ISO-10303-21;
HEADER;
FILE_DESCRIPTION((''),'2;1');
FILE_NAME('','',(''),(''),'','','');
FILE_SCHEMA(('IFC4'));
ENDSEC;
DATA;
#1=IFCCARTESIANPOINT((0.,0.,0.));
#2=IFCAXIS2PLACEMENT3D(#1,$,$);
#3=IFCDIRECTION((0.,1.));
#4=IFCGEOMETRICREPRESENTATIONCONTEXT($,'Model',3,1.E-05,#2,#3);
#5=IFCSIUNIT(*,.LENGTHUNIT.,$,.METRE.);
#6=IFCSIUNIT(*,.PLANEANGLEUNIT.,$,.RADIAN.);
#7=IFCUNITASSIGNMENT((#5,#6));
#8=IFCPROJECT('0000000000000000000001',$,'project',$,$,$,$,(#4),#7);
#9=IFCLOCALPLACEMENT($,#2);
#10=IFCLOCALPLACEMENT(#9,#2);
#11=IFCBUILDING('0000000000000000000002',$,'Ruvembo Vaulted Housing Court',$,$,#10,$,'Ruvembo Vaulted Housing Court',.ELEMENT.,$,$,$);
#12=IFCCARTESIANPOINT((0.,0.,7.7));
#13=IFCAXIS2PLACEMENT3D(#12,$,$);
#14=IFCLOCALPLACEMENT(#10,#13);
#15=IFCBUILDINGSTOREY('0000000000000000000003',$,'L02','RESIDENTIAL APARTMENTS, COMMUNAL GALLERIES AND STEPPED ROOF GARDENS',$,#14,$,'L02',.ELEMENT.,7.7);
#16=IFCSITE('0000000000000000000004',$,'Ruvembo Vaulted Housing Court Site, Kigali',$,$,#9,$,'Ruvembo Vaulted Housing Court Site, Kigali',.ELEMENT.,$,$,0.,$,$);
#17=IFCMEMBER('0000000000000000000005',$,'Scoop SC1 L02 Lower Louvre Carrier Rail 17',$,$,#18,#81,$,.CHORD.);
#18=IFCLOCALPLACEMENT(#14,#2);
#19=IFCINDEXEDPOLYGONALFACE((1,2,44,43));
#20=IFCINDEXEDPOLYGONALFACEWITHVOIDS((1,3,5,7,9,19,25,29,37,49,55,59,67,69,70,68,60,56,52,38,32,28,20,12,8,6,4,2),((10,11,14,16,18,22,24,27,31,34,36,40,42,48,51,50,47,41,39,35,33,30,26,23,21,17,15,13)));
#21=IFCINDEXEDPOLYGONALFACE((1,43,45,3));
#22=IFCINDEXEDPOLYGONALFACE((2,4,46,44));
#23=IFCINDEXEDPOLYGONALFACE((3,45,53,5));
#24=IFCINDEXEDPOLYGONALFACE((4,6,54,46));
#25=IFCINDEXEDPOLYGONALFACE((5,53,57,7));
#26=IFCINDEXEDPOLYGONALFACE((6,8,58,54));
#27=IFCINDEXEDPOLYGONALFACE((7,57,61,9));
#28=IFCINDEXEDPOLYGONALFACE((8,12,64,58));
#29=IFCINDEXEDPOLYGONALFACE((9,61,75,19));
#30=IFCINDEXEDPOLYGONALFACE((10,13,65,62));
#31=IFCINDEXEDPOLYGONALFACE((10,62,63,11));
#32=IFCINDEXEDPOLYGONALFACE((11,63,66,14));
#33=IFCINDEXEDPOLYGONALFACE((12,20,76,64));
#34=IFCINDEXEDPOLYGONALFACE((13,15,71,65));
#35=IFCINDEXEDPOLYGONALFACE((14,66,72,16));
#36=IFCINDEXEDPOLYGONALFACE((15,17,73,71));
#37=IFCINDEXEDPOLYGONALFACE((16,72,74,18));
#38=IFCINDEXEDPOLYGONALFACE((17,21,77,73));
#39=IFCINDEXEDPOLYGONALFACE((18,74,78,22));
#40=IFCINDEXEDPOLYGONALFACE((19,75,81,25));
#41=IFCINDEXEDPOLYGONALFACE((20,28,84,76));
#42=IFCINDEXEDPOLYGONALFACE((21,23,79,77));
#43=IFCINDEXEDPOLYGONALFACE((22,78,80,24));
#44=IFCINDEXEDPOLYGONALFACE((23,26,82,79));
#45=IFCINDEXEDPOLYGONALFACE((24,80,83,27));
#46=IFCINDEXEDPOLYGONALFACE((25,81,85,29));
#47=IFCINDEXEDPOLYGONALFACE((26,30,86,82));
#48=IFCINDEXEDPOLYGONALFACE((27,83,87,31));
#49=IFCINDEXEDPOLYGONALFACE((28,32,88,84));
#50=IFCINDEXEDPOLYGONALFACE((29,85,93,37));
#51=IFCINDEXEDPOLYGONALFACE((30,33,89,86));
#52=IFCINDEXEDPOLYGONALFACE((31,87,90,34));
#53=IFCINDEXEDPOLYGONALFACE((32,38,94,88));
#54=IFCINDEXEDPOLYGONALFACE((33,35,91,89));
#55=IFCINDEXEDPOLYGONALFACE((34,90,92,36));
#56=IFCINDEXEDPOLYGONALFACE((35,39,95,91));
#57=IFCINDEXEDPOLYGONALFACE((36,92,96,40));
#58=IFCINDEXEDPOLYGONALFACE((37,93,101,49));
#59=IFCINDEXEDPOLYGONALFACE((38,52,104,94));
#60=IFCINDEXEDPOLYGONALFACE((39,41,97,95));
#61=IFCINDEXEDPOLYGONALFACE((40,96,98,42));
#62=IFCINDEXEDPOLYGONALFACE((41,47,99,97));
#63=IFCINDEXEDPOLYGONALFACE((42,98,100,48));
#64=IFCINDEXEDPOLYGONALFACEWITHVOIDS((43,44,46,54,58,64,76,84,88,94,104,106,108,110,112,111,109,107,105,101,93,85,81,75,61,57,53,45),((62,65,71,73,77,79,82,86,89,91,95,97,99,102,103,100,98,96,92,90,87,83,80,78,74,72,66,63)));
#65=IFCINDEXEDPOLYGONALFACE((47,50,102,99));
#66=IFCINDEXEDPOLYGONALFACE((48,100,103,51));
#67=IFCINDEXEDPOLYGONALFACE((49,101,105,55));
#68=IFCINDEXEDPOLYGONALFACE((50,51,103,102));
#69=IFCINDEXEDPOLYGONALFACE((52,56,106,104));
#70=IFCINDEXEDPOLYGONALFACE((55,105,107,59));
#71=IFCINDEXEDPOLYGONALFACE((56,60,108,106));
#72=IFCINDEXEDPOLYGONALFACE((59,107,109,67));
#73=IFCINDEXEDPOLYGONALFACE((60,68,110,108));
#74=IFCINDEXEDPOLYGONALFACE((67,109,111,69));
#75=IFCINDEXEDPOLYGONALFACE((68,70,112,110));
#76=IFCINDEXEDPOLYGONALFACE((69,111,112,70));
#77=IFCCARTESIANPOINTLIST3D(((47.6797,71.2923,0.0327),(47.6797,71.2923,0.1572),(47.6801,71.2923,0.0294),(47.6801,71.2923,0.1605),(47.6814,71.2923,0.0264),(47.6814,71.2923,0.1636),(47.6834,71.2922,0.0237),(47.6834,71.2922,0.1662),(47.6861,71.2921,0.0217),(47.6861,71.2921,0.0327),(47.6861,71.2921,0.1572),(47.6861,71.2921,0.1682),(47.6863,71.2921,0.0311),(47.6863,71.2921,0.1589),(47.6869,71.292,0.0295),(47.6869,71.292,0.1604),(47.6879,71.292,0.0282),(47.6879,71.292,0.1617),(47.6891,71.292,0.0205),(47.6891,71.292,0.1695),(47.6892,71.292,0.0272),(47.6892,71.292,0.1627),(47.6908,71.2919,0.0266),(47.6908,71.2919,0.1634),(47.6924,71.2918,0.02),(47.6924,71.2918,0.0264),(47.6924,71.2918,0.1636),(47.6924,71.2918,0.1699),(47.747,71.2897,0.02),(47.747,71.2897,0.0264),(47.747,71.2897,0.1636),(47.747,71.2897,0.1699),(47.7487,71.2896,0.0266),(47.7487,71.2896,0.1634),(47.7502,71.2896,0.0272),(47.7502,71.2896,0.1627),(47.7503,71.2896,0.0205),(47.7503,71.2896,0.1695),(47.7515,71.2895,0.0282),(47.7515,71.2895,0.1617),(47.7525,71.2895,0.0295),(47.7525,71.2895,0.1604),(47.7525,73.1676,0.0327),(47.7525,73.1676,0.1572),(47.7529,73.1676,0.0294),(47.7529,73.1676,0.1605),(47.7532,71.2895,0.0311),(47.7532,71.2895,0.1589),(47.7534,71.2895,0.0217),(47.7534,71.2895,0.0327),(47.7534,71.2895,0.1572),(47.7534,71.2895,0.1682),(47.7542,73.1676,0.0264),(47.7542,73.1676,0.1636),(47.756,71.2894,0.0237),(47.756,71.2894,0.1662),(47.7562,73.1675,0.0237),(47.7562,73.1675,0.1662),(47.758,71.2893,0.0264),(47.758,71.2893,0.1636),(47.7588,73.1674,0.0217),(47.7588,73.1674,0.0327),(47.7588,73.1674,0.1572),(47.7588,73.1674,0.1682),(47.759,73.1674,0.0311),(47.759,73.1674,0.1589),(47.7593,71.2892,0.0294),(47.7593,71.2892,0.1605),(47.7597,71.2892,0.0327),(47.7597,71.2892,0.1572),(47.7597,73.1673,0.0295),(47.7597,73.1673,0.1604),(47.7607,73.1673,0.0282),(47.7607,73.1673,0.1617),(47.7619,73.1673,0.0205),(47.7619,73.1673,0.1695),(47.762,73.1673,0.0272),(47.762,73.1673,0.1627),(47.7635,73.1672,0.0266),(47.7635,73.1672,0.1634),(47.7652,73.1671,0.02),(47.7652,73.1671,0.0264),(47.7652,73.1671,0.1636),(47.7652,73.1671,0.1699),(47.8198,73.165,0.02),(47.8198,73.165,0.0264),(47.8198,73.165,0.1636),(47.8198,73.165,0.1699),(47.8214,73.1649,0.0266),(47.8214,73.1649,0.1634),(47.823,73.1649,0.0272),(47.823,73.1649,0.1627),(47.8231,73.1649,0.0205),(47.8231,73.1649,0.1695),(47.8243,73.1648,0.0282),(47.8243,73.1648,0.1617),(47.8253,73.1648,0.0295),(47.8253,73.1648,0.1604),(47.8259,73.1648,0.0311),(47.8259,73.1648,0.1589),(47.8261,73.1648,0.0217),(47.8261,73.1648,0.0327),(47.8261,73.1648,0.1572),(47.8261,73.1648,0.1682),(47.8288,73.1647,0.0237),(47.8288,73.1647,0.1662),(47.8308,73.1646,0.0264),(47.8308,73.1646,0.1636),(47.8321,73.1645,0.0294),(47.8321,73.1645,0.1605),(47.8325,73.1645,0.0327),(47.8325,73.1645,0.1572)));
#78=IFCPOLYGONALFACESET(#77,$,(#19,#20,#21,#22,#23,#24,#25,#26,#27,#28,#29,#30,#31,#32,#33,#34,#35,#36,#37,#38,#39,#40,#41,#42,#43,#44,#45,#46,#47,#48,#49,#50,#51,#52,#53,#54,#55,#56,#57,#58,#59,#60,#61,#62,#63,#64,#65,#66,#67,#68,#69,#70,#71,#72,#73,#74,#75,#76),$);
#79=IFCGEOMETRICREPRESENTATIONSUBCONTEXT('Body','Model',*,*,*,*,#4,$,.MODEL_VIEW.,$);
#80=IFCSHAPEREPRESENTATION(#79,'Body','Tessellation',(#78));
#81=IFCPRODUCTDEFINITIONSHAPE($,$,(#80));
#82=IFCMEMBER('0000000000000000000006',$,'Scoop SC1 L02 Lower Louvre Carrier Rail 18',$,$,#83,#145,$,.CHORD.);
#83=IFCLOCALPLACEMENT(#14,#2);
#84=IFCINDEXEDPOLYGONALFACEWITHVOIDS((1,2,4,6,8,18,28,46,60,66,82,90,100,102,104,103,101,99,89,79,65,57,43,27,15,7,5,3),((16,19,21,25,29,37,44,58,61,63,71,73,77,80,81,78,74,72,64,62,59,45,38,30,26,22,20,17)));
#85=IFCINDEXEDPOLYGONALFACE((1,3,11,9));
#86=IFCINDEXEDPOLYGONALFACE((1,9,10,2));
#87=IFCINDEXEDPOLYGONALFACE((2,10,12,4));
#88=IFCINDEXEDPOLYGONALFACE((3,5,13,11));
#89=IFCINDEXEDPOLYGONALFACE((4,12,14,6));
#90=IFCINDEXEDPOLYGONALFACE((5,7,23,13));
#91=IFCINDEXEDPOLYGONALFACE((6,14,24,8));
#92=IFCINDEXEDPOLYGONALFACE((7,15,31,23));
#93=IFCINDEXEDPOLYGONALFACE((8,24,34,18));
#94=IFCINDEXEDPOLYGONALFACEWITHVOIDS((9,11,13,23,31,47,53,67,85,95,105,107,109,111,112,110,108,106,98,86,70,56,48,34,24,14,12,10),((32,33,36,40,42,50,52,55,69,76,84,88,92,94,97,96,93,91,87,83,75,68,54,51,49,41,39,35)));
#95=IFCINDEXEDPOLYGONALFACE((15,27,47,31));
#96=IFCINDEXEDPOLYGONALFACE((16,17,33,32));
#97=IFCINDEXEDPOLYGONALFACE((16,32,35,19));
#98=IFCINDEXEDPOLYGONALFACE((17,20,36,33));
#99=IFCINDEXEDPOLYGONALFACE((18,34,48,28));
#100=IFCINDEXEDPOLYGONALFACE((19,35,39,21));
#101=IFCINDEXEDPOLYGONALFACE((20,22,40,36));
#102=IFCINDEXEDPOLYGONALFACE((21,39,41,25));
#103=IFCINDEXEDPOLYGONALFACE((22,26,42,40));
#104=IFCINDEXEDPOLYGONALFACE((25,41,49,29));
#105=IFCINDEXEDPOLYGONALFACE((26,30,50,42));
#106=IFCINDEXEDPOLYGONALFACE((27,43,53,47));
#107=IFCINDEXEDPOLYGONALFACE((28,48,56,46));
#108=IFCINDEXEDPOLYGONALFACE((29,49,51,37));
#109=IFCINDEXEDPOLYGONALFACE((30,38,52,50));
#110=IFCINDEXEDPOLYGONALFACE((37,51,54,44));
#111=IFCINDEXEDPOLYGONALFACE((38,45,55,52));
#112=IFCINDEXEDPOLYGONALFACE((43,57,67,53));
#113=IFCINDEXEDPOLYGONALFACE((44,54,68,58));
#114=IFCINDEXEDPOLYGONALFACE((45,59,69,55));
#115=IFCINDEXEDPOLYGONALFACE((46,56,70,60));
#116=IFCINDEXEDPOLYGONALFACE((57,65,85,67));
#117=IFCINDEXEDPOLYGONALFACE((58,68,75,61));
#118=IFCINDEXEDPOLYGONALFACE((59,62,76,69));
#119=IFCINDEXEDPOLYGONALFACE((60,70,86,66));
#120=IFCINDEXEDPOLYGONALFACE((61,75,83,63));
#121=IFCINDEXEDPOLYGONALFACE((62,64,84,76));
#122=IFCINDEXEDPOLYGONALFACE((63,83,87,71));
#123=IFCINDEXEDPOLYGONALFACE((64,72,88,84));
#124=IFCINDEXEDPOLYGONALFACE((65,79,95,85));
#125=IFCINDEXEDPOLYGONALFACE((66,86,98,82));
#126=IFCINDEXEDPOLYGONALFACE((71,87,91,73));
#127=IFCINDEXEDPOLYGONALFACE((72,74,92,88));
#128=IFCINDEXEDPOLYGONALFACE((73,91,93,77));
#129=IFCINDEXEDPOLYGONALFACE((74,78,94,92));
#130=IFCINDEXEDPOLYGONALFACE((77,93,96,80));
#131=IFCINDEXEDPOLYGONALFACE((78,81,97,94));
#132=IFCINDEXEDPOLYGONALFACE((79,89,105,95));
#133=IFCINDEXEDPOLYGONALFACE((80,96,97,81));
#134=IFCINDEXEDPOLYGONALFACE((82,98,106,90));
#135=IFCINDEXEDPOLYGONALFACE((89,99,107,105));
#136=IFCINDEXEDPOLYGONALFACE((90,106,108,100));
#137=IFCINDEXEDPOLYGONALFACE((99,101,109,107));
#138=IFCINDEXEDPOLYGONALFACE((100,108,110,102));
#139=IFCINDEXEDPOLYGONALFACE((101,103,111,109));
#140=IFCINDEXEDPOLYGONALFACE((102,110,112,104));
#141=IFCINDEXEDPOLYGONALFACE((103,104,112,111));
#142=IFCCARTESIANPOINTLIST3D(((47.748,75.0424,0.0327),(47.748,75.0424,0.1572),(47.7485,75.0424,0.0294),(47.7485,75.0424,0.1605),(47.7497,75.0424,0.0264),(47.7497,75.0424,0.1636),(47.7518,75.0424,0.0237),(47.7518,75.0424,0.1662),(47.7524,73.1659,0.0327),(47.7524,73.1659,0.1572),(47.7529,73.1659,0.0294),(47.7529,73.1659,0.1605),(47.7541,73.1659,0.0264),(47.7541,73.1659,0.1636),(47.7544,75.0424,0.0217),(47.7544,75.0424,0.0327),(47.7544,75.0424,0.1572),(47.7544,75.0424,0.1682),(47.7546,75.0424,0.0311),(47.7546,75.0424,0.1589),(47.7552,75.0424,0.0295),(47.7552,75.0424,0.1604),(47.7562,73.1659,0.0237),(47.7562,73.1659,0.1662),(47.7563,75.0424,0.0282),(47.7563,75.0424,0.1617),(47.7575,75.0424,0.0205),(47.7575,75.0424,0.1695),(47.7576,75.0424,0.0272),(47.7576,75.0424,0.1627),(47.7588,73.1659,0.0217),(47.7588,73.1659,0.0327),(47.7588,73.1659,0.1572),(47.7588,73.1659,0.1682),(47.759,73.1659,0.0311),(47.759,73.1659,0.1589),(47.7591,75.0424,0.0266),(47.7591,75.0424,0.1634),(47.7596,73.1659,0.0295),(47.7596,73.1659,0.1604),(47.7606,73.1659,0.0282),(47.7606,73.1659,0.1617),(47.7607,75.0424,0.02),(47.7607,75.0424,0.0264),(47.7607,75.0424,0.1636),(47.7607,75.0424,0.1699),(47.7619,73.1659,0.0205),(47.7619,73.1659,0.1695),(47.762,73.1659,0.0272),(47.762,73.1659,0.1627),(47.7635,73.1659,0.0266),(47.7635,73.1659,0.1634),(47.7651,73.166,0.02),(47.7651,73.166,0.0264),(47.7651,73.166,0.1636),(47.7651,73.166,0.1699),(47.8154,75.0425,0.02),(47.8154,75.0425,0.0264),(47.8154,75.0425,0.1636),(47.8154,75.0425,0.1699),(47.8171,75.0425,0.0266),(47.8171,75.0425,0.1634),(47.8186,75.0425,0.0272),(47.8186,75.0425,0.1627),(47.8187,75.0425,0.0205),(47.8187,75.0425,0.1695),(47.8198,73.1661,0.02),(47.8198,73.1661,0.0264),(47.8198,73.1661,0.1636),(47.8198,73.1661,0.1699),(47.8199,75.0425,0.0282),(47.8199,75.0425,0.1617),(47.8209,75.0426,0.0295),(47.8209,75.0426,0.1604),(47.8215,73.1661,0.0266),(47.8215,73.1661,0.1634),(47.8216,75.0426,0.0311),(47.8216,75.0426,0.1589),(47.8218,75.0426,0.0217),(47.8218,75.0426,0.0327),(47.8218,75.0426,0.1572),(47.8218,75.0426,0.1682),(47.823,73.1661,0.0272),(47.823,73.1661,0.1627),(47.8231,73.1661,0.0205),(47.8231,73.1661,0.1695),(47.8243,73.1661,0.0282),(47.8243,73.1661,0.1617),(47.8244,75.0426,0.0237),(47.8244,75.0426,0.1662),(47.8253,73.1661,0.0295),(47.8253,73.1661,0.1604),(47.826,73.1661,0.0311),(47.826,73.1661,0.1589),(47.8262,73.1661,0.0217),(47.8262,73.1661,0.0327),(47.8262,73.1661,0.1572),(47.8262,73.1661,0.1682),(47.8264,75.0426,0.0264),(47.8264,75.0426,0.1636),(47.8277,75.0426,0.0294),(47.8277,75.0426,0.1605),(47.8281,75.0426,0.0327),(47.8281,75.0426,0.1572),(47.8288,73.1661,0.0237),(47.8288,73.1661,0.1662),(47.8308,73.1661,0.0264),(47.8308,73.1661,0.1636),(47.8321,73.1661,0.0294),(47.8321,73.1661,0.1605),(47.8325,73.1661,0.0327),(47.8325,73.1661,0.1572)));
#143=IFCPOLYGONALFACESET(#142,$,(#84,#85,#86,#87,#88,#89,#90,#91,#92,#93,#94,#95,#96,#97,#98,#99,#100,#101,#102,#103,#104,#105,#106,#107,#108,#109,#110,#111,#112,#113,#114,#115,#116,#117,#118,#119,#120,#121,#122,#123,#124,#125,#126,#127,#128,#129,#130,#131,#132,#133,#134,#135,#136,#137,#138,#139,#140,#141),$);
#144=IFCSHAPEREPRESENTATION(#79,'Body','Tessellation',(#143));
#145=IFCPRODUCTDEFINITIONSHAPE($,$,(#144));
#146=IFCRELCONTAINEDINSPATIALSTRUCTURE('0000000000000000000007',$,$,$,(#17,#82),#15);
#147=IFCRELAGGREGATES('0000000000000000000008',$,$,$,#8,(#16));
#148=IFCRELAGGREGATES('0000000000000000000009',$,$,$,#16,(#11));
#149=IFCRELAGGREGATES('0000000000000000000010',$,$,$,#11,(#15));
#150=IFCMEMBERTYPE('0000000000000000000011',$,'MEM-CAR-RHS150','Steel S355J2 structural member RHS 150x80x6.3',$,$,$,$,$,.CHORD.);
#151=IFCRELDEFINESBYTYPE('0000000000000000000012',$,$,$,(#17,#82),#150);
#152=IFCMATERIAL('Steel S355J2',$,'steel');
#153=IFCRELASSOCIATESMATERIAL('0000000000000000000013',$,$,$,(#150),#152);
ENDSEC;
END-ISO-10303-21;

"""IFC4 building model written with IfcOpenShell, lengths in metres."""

from ifc_helpers import new_model, si_unit, direction, frame, origin, origin_2d, place, context, subcontext, project, spatial, hollow_rectangle, extrude, material, material_profile, profile_set, type_object, element, save


model = new_model("IFC4")

# Units and contexts
model_context = context("Model", 3, precision=1e-05, world=origin(), true_north=direction((0.0, 1.0)))
body_context = subcontext(model_context, "Body", "Model", "MODEL_VIEW")
ifc_project = project(units=[si_unit("LENGTHUNIT", "METRE"), si_unit("PLANEANGLEUNIT", "RADIAN")], contexts=[model_context])

# Site, building, storey
site_placement = place(None, origin())
site = spatial("IfcSite", under=ifc_project, at=site_placement, Name="Ruvembo Vaulted Housing Court Site, Kigali", LongName="Ruvembo Vaulted Housing Court Site, Kigali", CompositionType="ELEMENT", RefElevation=0.0)
building_placement = place(site_placement, origin())
building = spatial("IfcBuilding", under=site, at=building_placement, Name="Ruvembo Vaulted Housing Court", LongName="Ruvembo Vaulted Housing Court", CompositionType="ELEMENT")
storey_placement = place(building_placement, frame((0.0, 0.0, 7.7)))
storey = spatial("IfcBuildingStorey", under=building, at=storey_placement, Name="L02", Description="RESIDENTIAL APARTMENTS, COMMUNAL GALLERIES AND STEPPED ROOF GARDENS", LongName="L02", CompositionType="ELEMENT", Elevation=7.7)

# Shared definitions
ifc_material_1 = material(Name="Steel S355J2", Category="steel")

# Members
ifc_material_profile_1 = material_profile(ifc_material_1, hollow_rectangle(XDim=0.0801, YDim=0.1499, WallThickness=0.0063, InnerFilletRadius=0.0063, OuterFilletRadius=0.0127, at=origin_2d()), Name="RHS 150x80x6.3")
ifc_profile_set_1 = profile_set([ifc_material_profile_1], Name="Steel S355J2")
member_type_1 = type_object("IfcMemberType", Name="MEM-CAR-RHS150", Description="Steel S355J2 structural member RHS 150x80x6.3", PredefinedType="CHORD", material=ifc_profile_set_1)
member_1_placement = place(storey_placement, frame((47.7197, 71.2908, 0.095), z_axis=(0.038768, 0.999248, 0.0), x_axis=(-0.999248, 0.038768, 0.0)))
element("IfcMember", 1, at=member_1_placement, inside=storey, type_object=member_type_1, Name="Scoop SC1 L02 Lower Louvre Carrier Rail 17", PredefinedType="CHORD", context=body_context, shape_type="SweptSolid", body=[
    extrude(hollow_rectangle(XDim=0.0801, YDim=0.1499, WallThickness=0.0063, InnerFilletRadius=0.0063, OuterFilletRadius=0.0127, at=origin_2d()), origin(), (0.0, 0.0, 1.0), 1.8767),
])
member_2_placement = place(storey_placement, frame((47.7925, 73.166, 0.095), z_axis=(-0.002342, 0.999997, 0.0), x_axis=(-0.999997, -0.002342, 0.0)))
element("IfcMember", 2, at=member_2_placement, inside=storey, type_object=member_type_1, Name="Scoop SC1 L02 Lower Louvre Carrier Rail 18", PredefinedType="CHORD", context=body_context, shape_type="SweptSolid", body=[
    extrude(hollow_rectangle(XDim=0.0801, YDim=0.1499, WallThickness=0.0063, InnerFilletRadius=0.0063, OuterFilletRadius=0.0127, at=origin_2d()), origin(), (0.0, 0.0, 1.0), 1.8765),
])

save(model, "model.ifc")
